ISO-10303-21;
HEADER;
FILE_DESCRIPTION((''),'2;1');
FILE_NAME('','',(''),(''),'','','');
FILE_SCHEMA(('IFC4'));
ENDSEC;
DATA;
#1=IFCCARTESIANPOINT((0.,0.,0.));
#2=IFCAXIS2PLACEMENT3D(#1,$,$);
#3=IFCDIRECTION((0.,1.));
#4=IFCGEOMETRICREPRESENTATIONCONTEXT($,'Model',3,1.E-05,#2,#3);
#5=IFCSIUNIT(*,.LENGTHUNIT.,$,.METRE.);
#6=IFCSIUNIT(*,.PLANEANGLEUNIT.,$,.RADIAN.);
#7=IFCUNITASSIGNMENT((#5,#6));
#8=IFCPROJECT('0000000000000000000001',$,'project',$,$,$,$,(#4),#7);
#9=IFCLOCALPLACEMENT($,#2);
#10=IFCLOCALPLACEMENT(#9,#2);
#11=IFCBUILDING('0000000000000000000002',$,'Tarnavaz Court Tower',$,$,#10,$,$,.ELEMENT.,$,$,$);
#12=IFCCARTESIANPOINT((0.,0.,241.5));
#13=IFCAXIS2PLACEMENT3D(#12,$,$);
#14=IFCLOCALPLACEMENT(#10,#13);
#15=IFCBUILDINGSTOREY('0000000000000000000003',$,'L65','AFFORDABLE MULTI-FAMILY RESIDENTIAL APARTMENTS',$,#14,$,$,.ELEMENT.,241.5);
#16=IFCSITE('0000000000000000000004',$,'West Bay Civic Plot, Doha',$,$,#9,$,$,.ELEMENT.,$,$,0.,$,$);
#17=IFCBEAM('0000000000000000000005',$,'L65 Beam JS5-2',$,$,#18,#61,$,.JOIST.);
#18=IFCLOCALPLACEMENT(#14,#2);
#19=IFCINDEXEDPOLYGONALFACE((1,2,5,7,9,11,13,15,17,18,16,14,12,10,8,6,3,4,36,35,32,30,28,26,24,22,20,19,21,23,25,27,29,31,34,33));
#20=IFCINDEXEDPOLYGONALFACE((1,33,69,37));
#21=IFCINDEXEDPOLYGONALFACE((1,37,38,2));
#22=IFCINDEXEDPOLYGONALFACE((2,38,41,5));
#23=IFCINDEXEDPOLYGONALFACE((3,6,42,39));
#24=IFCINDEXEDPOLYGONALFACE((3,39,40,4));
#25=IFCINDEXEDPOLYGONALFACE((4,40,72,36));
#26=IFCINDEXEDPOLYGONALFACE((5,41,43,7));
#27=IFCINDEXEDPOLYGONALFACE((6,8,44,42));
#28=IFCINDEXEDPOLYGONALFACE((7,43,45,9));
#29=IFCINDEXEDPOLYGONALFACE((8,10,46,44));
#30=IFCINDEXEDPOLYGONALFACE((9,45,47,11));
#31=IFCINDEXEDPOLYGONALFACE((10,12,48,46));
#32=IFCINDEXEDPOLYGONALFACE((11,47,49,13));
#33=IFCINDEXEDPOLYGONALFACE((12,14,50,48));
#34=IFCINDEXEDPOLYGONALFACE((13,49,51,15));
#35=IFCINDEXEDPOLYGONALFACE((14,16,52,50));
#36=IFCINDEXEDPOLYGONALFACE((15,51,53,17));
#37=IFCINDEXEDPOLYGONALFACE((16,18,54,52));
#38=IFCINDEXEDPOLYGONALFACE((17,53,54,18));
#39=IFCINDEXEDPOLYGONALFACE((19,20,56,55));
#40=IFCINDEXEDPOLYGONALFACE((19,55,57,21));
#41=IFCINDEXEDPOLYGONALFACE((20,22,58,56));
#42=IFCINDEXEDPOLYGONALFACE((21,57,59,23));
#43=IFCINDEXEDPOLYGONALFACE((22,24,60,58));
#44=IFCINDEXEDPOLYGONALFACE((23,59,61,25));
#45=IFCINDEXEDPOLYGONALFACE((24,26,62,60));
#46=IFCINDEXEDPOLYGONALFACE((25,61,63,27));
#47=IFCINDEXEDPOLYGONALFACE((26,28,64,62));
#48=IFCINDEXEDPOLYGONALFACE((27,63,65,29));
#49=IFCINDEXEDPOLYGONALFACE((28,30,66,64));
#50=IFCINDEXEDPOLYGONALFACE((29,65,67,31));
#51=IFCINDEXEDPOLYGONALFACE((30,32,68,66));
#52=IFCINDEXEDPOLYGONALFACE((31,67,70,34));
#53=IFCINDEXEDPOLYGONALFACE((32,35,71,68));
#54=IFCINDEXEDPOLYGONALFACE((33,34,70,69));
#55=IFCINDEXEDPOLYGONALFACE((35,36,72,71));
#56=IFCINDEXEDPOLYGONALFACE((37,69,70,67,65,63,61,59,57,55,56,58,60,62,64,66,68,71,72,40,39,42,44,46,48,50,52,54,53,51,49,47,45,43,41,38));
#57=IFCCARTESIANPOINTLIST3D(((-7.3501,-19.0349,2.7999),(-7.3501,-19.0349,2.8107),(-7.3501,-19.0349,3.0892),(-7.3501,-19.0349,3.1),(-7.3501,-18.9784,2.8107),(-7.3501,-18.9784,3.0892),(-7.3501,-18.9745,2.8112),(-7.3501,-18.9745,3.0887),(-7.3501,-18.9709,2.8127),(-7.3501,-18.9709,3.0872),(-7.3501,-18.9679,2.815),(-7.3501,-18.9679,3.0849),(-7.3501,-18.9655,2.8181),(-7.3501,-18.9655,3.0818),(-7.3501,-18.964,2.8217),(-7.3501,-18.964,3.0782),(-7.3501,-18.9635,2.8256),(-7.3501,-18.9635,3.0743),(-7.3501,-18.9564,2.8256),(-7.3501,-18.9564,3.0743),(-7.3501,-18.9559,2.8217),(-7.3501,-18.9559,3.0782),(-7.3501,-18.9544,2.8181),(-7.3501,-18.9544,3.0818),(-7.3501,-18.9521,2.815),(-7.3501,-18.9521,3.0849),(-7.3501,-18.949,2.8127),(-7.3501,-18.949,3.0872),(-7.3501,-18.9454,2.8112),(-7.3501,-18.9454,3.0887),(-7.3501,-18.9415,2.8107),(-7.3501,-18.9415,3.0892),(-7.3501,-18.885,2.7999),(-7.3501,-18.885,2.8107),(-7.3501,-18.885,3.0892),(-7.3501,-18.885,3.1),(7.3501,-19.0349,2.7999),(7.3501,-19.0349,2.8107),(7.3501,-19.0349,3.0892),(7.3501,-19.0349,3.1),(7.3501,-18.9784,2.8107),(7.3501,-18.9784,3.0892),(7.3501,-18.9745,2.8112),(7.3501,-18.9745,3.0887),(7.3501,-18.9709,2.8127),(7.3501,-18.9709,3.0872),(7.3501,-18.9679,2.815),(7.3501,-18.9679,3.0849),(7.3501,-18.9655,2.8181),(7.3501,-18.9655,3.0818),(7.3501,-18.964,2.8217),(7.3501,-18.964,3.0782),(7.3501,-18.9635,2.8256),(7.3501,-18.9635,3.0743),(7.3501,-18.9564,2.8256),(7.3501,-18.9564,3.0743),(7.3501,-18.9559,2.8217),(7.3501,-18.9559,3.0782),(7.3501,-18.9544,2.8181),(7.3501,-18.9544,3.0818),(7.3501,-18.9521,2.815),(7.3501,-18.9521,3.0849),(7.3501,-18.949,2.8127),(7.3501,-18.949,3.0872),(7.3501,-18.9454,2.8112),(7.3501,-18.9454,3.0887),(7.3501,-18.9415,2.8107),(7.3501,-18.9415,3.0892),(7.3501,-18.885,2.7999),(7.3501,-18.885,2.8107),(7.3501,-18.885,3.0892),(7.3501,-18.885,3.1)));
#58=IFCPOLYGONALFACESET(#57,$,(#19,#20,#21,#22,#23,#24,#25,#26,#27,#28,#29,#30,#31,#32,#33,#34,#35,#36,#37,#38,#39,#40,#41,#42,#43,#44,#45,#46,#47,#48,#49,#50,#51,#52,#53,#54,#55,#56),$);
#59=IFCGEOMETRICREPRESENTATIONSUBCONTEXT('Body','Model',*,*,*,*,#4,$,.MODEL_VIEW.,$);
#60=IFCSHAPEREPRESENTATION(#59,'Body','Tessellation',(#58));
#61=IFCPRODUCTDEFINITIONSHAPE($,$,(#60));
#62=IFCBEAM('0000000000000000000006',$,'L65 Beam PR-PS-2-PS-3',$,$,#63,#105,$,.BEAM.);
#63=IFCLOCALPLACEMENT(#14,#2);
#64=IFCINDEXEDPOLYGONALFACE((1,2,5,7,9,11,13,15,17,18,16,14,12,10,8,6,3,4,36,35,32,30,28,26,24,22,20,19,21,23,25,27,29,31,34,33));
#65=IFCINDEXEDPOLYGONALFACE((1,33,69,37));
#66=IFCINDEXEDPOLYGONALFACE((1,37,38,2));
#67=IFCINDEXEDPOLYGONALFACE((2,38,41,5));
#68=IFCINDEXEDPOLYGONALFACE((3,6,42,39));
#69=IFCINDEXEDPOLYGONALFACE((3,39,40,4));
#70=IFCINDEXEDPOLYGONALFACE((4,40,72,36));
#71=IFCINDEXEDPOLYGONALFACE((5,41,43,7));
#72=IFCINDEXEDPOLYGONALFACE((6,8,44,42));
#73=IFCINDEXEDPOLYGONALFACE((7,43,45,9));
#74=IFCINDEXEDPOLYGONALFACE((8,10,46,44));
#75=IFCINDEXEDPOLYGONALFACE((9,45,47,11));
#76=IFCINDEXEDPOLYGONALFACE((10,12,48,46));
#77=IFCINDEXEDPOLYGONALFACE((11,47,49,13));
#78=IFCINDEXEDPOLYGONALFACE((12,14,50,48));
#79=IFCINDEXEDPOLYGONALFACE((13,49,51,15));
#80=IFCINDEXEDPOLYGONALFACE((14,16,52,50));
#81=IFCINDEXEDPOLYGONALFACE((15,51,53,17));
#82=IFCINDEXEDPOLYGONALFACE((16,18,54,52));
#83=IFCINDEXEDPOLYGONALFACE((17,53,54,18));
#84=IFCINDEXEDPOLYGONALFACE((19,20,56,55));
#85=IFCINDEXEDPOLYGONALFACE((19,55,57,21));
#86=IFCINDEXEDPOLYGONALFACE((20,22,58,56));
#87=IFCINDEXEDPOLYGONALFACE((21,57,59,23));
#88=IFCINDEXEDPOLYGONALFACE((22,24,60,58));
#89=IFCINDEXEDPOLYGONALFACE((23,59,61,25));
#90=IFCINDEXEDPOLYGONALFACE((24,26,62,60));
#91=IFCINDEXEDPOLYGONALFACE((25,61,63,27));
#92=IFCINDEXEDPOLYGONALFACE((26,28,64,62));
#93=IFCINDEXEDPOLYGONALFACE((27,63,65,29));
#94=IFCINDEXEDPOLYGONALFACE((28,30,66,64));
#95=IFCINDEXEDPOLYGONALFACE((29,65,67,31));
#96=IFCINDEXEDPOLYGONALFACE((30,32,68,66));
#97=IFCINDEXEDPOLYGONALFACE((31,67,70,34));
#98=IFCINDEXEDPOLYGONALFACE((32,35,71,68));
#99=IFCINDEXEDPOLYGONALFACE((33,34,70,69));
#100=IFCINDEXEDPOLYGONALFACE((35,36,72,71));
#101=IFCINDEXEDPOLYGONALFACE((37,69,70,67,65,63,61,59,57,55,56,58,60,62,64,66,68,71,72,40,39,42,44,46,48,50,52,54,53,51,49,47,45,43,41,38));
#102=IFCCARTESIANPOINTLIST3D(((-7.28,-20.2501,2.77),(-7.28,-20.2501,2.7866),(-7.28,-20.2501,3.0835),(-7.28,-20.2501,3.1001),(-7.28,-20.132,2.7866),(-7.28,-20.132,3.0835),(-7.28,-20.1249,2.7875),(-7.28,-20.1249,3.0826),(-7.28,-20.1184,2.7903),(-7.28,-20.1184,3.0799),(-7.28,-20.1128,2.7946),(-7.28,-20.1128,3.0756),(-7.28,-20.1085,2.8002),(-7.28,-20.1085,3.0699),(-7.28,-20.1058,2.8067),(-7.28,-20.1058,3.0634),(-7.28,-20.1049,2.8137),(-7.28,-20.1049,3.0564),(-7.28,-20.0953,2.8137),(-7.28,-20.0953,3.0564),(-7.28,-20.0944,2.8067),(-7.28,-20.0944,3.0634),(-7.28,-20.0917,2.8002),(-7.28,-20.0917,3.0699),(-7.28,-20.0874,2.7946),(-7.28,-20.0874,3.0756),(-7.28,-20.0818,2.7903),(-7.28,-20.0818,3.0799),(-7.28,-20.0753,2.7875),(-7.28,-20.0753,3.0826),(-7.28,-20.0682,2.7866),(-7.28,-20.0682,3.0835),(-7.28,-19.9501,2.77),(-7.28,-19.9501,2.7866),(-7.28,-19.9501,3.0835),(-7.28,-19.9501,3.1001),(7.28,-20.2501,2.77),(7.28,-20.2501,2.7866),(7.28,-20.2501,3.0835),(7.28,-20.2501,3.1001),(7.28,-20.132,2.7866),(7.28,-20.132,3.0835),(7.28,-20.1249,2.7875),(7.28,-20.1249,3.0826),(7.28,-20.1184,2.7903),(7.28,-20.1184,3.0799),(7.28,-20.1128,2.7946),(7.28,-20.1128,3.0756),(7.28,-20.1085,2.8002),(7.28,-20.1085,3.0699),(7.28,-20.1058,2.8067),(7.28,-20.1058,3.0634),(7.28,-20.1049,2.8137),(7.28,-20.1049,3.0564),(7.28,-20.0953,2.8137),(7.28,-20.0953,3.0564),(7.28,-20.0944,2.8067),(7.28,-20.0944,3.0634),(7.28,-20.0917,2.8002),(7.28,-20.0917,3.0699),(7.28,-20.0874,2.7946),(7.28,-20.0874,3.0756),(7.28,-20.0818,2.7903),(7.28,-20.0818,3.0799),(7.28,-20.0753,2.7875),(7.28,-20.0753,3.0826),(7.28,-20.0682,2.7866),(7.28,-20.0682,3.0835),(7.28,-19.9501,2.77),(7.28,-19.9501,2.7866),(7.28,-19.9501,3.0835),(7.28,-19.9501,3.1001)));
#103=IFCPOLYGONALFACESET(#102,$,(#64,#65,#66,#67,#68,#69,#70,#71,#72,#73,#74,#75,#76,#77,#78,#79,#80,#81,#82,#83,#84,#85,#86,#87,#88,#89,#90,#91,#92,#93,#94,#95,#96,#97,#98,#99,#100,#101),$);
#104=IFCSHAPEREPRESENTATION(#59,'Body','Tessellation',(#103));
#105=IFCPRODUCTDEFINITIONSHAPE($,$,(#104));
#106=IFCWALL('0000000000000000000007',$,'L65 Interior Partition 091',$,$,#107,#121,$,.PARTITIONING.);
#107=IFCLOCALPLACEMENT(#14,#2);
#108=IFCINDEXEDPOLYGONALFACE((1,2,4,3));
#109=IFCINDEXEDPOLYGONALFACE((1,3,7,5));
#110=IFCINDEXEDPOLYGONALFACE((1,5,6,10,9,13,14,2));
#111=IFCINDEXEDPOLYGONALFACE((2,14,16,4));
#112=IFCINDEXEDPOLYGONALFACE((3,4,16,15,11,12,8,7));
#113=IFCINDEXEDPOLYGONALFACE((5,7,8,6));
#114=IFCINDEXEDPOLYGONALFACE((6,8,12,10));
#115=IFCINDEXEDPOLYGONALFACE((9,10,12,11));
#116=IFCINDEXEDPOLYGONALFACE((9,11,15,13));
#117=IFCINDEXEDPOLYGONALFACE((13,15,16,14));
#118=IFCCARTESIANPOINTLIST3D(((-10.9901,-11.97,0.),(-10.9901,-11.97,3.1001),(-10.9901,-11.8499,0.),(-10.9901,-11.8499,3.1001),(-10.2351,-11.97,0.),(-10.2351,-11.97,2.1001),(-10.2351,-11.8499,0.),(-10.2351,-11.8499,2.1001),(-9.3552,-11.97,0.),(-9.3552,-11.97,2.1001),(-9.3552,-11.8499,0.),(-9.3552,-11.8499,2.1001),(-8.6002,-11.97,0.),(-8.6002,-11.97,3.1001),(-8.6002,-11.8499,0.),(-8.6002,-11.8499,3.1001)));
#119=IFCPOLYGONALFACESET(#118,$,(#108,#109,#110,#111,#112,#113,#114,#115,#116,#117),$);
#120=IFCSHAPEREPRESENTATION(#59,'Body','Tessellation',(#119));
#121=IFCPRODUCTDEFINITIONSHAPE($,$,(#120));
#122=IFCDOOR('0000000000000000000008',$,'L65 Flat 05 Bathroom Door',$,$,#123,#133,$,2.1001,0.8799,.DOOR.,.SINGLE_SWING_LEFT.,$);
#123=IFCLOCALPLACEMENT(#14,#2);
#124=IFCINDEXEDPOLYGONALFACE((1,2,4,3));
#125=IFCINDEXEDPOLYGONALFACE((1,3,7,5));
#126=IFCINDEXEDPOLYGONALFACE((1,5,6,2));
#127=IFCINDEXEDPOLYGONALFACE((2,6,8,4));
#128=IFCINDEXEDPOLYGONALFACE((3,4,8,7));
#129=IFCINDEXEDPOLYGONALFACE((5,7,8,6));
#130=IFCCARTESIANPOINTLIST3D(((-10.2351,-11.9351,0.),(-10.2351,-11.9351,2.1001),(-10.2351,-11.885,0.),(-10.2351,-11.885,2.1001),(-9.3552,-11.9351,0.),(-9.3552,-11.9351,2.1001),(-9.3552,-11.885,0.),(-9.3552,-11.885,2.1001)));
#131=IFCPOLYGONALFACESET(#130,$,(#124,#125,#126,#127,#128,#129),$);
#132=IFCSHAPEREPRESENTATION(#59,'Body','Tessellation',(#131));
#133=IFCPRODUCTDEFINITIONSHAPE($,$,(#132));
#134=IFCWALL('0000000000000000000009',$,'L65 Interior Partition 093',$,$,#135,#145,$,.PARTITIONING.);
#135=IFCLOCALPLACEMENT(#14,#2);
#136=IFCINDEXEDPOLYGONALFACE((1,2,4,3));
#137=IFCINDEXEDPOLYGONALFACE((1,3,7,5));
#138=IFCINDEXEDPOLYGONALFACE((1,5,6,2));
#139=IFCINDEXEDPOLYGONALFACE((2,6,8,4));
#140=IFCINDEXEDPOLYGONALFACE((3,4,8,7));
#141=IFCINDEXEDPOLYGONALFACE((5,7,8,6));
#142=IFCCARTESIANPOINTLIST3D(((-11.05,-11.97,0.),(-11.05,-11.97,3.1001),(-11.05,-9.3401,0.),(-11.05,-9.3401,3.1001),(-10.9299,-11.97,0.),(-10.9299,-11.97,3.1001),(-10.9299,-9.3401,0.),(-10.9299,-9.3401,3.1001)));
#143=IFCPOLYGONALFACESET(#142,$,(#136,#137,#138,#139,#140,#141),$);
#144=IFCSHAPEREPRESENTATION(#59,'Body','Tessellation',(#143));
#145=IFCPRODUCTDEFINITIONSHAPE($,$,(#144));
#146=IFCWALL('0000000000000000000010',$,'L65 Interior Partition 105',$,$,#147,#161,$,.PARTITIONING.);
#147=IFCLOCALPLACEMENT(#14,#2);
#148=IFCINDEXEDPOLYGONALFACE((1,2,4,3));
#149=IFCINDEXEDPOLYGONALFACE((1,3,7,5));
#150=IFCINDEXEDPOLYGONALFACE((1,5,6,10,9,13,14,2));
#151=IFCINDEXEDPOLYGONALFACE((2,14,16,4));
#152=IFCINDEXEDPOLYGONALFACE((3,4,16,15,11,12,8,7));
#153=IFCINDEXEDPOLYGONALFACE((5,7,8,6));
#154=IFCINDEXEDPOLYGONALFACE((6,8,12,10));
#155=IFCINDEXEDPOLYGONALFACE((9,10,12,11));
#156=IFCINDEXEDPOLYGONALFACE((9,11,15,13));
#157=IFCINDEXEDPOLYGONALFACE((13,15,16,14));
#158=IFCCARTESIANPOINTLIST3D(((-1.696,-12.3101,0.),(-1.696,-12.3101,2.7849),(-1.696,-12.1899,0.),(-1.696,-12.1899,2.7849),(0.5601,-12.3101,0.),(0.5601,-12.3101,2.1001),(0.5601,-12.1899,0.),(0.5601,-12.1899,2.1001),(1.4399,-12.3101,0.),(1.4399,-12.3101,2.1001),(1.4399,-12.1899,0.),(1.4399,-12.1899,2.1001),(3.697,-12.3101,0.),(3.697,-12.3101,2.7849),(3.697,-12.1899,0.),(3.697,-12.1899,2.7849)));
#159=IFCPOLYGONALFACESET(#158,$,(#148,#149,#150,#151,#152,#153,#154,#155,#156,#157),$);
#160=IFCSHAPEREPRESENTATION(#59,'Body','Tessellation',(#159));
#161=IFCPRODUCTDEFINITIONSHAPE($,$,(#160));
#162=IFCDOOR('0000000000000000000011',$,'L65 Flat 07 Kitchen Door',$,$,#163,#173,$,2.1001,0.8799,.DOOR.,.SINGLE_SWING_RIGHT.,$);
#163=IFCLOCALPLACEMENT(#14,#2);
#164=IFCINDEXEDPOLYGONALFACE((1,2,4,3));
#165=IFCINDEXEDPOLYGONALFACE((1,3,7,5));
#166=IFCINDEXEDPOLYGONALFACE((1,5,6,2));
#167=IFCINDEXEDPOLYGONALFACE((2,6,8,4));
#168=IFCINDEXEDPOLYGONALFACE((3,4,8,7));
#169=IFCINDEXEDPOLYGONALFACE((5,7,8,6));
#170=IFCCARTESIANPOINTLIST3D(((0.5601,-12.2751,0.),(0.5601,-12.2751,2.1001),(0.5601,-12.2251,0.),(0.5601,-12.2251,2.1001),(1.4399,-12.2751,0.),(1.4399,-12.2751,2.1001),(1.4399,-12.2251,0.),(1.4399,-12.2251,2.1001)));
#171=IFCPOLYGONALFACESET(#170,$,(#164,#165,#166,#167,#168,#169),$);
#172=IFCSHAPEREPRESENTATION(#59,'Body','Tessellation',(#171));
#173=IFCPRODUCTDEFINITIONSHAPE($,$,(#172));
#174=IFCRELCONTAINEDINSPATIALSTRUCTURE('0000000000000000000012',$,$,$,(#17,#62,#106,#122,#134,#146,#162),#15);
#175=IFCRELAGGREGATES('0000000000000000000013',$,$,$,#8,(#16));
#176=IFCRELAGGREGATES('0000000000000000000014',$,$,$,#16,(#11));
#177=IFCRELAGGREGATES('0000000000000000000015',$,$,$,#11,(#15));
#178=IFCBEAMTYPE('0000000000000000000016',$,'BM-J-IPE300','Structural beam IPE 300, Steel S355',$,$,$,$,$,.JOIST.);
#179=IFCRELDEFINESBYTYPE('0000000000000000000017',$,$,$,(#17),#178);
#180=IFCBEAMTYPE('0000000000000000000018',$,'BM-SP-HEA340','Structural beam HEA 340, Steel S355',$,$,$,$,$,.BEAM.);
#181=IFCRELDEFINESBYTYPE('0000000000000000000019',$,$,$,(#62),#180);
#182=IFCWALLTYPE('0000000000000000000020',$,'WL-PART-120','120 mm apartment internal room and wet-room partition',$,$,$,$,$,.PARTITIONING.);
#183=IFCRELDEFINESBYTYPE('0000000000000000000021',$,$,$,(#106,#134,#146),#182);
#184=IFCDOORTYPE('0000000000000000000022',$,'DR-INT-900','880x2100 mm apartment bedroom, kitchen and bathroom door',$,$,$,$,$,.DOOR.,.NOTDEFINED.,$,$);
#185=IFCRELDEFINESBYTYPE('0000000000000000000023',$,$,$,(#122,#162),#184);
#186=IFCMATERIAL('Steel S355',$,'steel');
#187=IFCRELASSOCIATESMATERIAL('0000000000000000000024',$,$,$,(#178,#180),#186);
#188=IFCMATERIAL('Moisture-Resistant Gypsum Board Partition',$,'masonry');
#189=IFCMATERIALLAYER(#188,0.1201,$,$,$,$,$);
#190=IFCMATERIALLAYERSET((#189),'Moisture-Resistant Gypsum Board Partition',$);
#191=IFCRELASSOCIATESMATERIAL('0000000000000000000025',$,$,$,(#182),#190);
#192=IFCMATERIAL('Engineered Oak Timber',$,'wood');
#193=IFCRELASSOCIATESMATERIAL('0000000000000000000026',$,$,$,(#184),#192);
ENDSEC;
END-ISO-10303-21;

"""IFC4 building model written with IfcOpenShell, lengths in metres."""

from ifc_helpers import new_model, si_unit, direction, frame, frame_2d, origin, origin_2d, place, context, subcontext, project, spatial, rectangle, i_section, extrude, material, layer, layer_set, material_profile, profile_set, type_object, element, fill, save


model = new_model("IFC4")

# Units and contexts
model_context = context("Model", 3, precision=1e-05, world=origin(), true_north=direction((0.0, 1.0)))
body_context = subcontext(model_context, "Body", "Model", "MODEL_VIEW")
ifc_project = project(units=[si_unit("LENGTHUNIT", "METRE"), si_unit("PLANEANGLEUNIT", "RADIAN")], contexts=[model_context])

# Site, building, storey
site_placement = place(None, origin())
site = spatial("IfcSite", under=ifc_project, at=site_placement, Name="West Bay Civic Plot, Doha", CompositionType="ELEMENT", RefElevation=0.0)
building_placement = place(site_placement, origin())
building = spatial("IfcBuilding", under=site, at=building_placement, Name="Tarnavaz Court Tower", CompositionType="ELEMENT")
storey_placement = place(building_placement, frame((0.0, 0.0, 241.5)))
storey = spatial("IfcBuildingStorey", under=building, at=storey_placement, Name="L65", Description="AFFORDABLE MULTI-FAMILY RESIDENTIAL APARTMENTS", CompositionType="ELEMENT", Elevation=241.5)

# Beams
ifc_material_1 = material(Name="Steel S355", Category="steel")
ifc_material_profile_1 = material_profile(ifc_material_1, i_section(OverallWidth=0.1499, OverallDepth=0.3, WebThickness=0.0071, FlangeThickness=0.0107, FilletRadius=0.0149, at=origin_2d()), Name="IPE 300")
ifc_profile_set_1 = profile_set([ifc_material_profile_1], Name="Steel S355")
beam_type_1 = type_object("IfcBeamType", Name="BM-J-IPE300", Description="Structural beam IPE 300, Steel S355", PredefinedType="JOIST", material=ifc_profile_set_1)
for number, where, z_axis, x_axis, name in (
    (1, (-7.3501, -18.96, 2.95), (1.0, 0.0, 0.0), (0.0, 1.0, 0.0), "L65 Beam JS5-2"),
):
    element("IfcBeam", number, at=place(storey_placement, frame(where, z_axis=z_axis, x_axis=x_axis)), inside=storey, type_object=beam_type_1, Name=name, PredefinedType="JOIST", context=body_context, shape_type="SweptSolid", body=[
        extrude(i_section(OverallWidth=0.1499, OverallDepth=0.3, WebThickness=0.0071, FlangeThickness=0.0107, FilletRadius=0.0149, at=origin_2d()), origin(), (0.0, 0.0, 1.0), 14.7002),
    ])
ifc_material_profile_2 = material_profile(ifc_material_1, i_section(OverallWidth=0.3, OverallDepth=0.3301, WebThickness=0.0095, FlangeThickness=0.0166, FilletRadius=0.0271, at=origin_2d()), Name="HEA 340")
ifc_profile_set_2 = profile_set([ifc_material_profile_2], Name="Steel S355")
beam_type_2 = type_object("IfcBeamType", Name="BM-SP-HEA340", Description="Structural beam HEA 340, Steel S355", PredefinedType="BEAM", material=ifc_profile_set_2)
beam_placement = place(storey_placement, frame((-7.28, -20.1001, 2.9351), z_axis=(1.0, 0.0, 0.0), x_axis=(0.0, 1.0, 0.0)))
element("IfcBeam", 2, at=beam_placement, inside=storey, type_object=beam_type_2, Name="L65 Beam PR-PS-2-PS-3", PredefinedType="BEAM", context=body_context, shape_type="SweptSolid", body=[
    extrude(i_section(OverallWidth=0.3, OverallDepth=0.3301, WebThickness=0.0095, FlangeThickness=0.0166, FilletRadius=0.0271, at=origin_2d()), origin(), (0.0, 0.0, 1.0), 14.5601),
])

# Wall, opening, door
ifc_material_2 = material(Name="Moisture-Resistant Gypsum Board Partition", Category="masonry")
ifc_layer = layer(ifc_material_2, 0.1201)
ifc_layer_set = layer_set([ifc_layer], Name="Moisture-Resistant Gypsum Board Partition")
wall_type = type_object("IfcWallType", Name="WL-PART-120", Description="120 mm apartment internal room and wet-room partition", PredefinedType="PARTITIONING", material=ifc_layer_set)
wall_1_placement = place(storey_placement, frame((-10.99, -11.9099, 0.0), z_axis=(0.0, 0.0, 1.0), x_axis=(1.0, 0.0, 0.0)))
wall_1 = element("IfcWall", 3, at=wall_1_placement, inside=storey, type_object=wall_type, Name="L65 Interior Partition 091", PredefinedType="PARTITIONING", context=body_context, shape_type="SweptSolid", body=[
    extrude(rectangle(XDim=2.3899, YDim=0.1201, at=frame_2d((1.1948, 0.0))), origin(), (0.0, 0.0, 1.0), 3.1001),
])
opening_1_placement = place(wall_1_placement, frame((0.7549, 0.0, 0.0)))
opening_1 = element("IfcOpeningElement", 4, at=opening_1_placement, cuts=wall_1, PredefinedType="OPENING", context=body_context, shape_type="SweptSolid", body=[
    extrude(rectangle(XDim=0.8799, YDim=2.1001, at=frame_2d((0.4399, 1.05))), frame((0.0, 0.0701, 0.0), z_axis=(0.0, -1.0, 0.0), x_axis=(1.0, 0.0, 0.0)), (0.0, 0.0, 1.0), 0.1401),
])
ifc_material_3 = material(Name="Engineered Oak Timber", Category="wood")
door_type = type_object("IfcDoorType", Name="DR-INT-900", Description="880x2100 mm apartment bedroom, kitchen and bathroom door", OperationType="NOTDEFINED", PredefinedType="DOOR", material=ifc_material_3)
door_1_placement = place(opening_1_placement, origin())
door_1 = element("IfcDoor", 5, at=door_1_placement, inside=storey, type_object=door_type, Name="L65 Flat 05 Bathroom Door", OperationType="SINGLE_SWING_LEFT", OverallHeight=2.1001, OverallWidth=0.8799, PredefinedType="DOOR", context=body_context, shape_type="SweptSolid", body=[
    extrude(rectangle(XDim=0.8799, YDim=2.1001, at=frame_2d((0.4399, 1.05))), frame((0.0, 0.0249, 0.0), z_axis=(0.0, -1.0, 0.0), x_axis=(1.0, 0.0, 0.0)), (0.0, 0.0, 1.0), 0.05),
])
fill(opening_1, door_1)

# Wall
wall_2_placement = place(storey_placement, frame((-10.99, -11.97, 0.0), z_axis=(0.0, 0.0, 1.0), x_axis=(0.0, 1.0, 0.0)))
element("IfcWall", 6, at=wall_2_placement, inside=storey, type_object=wall_type, Name="L65 Interior Partition 093", PredefinedType="PARTITIONING", context=body_context, shape_type="SweptSolid", body=[
    extrude(rectangle(XDim=2.6299, YDim=0.1201, at=frame_2d((1.3149, 0.0))), origin(), (0.0, 0.0, 1.0), 3.1001),
])

# Wall, opening, door
wall_3_placement = place(storey_placement, frame((-1.696, -12.25, 0.0), z_axis=(0.0, 0.0, 1.0), x_axis=(1.0, 0.0, 0.0)))
wall_3 = element("IfcWall", 7, at=wall_3_placement, inside=storey, type_object=wall_type, Name="L65 Interior Partition 105", PredefinedType="PARTITIONING", context=body_context, shape_type="SweptSolid", body=[
    extrude(rectangle(XDim=5.3931, YDim=0.1201, at=frame_2d((2.6965, 0.0))), origin(), (0.0, 0.0, 1.0), 2.7849),
])
opening_2_placement = place(wall_3_placement, frame((2.2561, 0.0, 0.0)))
opening_2 = element("IfcOpeningElement", 8, at=opening_2_placement, cuts=wall_3, PredefinedType="OPENING", context=body_context, shape_type="SweptSolid", body=[
    extrude(rectangle(XDim=0.8799, YDim=2.1001, at=frame_2d((0.4399, 1.05))), frame((0.0, 0.0701, 0.0), z_axis=(0.0, -1.0, 0.0), x_axis=(1.0, 0.0, 0.0)), (0.0, 0.0, 1.0), 0.1401),
])
door_2_placement = place(opening_2_placement, origin())
door_2 = element("IfcDoor", 9, at=door_2_placement, inside=storey, type_object=door_type, Name="L65 Flat 07 Kitchen Door", OperationType="SINGLE_SWING_RIGHT", OverallHeight=2.1001, OverallWidth=0.8799, PredefinedType="DOOR", context=body_context, shape_type="SweptSolid", body=[
    extrude(rectangle(XDim=0.8799, YDim=2.1001, at=frame_2d((0.4399, 1.05))), frame((0.0, 0.0249, 0.0), z_axis=(0.0, -1.0, 0.0), x_axis=(1.0, 0.0, 0.0)), (0.0, 0.0, 1.0), 0.05),
])
fill(opening_2, door_2)

save(model, "model.ifc")
